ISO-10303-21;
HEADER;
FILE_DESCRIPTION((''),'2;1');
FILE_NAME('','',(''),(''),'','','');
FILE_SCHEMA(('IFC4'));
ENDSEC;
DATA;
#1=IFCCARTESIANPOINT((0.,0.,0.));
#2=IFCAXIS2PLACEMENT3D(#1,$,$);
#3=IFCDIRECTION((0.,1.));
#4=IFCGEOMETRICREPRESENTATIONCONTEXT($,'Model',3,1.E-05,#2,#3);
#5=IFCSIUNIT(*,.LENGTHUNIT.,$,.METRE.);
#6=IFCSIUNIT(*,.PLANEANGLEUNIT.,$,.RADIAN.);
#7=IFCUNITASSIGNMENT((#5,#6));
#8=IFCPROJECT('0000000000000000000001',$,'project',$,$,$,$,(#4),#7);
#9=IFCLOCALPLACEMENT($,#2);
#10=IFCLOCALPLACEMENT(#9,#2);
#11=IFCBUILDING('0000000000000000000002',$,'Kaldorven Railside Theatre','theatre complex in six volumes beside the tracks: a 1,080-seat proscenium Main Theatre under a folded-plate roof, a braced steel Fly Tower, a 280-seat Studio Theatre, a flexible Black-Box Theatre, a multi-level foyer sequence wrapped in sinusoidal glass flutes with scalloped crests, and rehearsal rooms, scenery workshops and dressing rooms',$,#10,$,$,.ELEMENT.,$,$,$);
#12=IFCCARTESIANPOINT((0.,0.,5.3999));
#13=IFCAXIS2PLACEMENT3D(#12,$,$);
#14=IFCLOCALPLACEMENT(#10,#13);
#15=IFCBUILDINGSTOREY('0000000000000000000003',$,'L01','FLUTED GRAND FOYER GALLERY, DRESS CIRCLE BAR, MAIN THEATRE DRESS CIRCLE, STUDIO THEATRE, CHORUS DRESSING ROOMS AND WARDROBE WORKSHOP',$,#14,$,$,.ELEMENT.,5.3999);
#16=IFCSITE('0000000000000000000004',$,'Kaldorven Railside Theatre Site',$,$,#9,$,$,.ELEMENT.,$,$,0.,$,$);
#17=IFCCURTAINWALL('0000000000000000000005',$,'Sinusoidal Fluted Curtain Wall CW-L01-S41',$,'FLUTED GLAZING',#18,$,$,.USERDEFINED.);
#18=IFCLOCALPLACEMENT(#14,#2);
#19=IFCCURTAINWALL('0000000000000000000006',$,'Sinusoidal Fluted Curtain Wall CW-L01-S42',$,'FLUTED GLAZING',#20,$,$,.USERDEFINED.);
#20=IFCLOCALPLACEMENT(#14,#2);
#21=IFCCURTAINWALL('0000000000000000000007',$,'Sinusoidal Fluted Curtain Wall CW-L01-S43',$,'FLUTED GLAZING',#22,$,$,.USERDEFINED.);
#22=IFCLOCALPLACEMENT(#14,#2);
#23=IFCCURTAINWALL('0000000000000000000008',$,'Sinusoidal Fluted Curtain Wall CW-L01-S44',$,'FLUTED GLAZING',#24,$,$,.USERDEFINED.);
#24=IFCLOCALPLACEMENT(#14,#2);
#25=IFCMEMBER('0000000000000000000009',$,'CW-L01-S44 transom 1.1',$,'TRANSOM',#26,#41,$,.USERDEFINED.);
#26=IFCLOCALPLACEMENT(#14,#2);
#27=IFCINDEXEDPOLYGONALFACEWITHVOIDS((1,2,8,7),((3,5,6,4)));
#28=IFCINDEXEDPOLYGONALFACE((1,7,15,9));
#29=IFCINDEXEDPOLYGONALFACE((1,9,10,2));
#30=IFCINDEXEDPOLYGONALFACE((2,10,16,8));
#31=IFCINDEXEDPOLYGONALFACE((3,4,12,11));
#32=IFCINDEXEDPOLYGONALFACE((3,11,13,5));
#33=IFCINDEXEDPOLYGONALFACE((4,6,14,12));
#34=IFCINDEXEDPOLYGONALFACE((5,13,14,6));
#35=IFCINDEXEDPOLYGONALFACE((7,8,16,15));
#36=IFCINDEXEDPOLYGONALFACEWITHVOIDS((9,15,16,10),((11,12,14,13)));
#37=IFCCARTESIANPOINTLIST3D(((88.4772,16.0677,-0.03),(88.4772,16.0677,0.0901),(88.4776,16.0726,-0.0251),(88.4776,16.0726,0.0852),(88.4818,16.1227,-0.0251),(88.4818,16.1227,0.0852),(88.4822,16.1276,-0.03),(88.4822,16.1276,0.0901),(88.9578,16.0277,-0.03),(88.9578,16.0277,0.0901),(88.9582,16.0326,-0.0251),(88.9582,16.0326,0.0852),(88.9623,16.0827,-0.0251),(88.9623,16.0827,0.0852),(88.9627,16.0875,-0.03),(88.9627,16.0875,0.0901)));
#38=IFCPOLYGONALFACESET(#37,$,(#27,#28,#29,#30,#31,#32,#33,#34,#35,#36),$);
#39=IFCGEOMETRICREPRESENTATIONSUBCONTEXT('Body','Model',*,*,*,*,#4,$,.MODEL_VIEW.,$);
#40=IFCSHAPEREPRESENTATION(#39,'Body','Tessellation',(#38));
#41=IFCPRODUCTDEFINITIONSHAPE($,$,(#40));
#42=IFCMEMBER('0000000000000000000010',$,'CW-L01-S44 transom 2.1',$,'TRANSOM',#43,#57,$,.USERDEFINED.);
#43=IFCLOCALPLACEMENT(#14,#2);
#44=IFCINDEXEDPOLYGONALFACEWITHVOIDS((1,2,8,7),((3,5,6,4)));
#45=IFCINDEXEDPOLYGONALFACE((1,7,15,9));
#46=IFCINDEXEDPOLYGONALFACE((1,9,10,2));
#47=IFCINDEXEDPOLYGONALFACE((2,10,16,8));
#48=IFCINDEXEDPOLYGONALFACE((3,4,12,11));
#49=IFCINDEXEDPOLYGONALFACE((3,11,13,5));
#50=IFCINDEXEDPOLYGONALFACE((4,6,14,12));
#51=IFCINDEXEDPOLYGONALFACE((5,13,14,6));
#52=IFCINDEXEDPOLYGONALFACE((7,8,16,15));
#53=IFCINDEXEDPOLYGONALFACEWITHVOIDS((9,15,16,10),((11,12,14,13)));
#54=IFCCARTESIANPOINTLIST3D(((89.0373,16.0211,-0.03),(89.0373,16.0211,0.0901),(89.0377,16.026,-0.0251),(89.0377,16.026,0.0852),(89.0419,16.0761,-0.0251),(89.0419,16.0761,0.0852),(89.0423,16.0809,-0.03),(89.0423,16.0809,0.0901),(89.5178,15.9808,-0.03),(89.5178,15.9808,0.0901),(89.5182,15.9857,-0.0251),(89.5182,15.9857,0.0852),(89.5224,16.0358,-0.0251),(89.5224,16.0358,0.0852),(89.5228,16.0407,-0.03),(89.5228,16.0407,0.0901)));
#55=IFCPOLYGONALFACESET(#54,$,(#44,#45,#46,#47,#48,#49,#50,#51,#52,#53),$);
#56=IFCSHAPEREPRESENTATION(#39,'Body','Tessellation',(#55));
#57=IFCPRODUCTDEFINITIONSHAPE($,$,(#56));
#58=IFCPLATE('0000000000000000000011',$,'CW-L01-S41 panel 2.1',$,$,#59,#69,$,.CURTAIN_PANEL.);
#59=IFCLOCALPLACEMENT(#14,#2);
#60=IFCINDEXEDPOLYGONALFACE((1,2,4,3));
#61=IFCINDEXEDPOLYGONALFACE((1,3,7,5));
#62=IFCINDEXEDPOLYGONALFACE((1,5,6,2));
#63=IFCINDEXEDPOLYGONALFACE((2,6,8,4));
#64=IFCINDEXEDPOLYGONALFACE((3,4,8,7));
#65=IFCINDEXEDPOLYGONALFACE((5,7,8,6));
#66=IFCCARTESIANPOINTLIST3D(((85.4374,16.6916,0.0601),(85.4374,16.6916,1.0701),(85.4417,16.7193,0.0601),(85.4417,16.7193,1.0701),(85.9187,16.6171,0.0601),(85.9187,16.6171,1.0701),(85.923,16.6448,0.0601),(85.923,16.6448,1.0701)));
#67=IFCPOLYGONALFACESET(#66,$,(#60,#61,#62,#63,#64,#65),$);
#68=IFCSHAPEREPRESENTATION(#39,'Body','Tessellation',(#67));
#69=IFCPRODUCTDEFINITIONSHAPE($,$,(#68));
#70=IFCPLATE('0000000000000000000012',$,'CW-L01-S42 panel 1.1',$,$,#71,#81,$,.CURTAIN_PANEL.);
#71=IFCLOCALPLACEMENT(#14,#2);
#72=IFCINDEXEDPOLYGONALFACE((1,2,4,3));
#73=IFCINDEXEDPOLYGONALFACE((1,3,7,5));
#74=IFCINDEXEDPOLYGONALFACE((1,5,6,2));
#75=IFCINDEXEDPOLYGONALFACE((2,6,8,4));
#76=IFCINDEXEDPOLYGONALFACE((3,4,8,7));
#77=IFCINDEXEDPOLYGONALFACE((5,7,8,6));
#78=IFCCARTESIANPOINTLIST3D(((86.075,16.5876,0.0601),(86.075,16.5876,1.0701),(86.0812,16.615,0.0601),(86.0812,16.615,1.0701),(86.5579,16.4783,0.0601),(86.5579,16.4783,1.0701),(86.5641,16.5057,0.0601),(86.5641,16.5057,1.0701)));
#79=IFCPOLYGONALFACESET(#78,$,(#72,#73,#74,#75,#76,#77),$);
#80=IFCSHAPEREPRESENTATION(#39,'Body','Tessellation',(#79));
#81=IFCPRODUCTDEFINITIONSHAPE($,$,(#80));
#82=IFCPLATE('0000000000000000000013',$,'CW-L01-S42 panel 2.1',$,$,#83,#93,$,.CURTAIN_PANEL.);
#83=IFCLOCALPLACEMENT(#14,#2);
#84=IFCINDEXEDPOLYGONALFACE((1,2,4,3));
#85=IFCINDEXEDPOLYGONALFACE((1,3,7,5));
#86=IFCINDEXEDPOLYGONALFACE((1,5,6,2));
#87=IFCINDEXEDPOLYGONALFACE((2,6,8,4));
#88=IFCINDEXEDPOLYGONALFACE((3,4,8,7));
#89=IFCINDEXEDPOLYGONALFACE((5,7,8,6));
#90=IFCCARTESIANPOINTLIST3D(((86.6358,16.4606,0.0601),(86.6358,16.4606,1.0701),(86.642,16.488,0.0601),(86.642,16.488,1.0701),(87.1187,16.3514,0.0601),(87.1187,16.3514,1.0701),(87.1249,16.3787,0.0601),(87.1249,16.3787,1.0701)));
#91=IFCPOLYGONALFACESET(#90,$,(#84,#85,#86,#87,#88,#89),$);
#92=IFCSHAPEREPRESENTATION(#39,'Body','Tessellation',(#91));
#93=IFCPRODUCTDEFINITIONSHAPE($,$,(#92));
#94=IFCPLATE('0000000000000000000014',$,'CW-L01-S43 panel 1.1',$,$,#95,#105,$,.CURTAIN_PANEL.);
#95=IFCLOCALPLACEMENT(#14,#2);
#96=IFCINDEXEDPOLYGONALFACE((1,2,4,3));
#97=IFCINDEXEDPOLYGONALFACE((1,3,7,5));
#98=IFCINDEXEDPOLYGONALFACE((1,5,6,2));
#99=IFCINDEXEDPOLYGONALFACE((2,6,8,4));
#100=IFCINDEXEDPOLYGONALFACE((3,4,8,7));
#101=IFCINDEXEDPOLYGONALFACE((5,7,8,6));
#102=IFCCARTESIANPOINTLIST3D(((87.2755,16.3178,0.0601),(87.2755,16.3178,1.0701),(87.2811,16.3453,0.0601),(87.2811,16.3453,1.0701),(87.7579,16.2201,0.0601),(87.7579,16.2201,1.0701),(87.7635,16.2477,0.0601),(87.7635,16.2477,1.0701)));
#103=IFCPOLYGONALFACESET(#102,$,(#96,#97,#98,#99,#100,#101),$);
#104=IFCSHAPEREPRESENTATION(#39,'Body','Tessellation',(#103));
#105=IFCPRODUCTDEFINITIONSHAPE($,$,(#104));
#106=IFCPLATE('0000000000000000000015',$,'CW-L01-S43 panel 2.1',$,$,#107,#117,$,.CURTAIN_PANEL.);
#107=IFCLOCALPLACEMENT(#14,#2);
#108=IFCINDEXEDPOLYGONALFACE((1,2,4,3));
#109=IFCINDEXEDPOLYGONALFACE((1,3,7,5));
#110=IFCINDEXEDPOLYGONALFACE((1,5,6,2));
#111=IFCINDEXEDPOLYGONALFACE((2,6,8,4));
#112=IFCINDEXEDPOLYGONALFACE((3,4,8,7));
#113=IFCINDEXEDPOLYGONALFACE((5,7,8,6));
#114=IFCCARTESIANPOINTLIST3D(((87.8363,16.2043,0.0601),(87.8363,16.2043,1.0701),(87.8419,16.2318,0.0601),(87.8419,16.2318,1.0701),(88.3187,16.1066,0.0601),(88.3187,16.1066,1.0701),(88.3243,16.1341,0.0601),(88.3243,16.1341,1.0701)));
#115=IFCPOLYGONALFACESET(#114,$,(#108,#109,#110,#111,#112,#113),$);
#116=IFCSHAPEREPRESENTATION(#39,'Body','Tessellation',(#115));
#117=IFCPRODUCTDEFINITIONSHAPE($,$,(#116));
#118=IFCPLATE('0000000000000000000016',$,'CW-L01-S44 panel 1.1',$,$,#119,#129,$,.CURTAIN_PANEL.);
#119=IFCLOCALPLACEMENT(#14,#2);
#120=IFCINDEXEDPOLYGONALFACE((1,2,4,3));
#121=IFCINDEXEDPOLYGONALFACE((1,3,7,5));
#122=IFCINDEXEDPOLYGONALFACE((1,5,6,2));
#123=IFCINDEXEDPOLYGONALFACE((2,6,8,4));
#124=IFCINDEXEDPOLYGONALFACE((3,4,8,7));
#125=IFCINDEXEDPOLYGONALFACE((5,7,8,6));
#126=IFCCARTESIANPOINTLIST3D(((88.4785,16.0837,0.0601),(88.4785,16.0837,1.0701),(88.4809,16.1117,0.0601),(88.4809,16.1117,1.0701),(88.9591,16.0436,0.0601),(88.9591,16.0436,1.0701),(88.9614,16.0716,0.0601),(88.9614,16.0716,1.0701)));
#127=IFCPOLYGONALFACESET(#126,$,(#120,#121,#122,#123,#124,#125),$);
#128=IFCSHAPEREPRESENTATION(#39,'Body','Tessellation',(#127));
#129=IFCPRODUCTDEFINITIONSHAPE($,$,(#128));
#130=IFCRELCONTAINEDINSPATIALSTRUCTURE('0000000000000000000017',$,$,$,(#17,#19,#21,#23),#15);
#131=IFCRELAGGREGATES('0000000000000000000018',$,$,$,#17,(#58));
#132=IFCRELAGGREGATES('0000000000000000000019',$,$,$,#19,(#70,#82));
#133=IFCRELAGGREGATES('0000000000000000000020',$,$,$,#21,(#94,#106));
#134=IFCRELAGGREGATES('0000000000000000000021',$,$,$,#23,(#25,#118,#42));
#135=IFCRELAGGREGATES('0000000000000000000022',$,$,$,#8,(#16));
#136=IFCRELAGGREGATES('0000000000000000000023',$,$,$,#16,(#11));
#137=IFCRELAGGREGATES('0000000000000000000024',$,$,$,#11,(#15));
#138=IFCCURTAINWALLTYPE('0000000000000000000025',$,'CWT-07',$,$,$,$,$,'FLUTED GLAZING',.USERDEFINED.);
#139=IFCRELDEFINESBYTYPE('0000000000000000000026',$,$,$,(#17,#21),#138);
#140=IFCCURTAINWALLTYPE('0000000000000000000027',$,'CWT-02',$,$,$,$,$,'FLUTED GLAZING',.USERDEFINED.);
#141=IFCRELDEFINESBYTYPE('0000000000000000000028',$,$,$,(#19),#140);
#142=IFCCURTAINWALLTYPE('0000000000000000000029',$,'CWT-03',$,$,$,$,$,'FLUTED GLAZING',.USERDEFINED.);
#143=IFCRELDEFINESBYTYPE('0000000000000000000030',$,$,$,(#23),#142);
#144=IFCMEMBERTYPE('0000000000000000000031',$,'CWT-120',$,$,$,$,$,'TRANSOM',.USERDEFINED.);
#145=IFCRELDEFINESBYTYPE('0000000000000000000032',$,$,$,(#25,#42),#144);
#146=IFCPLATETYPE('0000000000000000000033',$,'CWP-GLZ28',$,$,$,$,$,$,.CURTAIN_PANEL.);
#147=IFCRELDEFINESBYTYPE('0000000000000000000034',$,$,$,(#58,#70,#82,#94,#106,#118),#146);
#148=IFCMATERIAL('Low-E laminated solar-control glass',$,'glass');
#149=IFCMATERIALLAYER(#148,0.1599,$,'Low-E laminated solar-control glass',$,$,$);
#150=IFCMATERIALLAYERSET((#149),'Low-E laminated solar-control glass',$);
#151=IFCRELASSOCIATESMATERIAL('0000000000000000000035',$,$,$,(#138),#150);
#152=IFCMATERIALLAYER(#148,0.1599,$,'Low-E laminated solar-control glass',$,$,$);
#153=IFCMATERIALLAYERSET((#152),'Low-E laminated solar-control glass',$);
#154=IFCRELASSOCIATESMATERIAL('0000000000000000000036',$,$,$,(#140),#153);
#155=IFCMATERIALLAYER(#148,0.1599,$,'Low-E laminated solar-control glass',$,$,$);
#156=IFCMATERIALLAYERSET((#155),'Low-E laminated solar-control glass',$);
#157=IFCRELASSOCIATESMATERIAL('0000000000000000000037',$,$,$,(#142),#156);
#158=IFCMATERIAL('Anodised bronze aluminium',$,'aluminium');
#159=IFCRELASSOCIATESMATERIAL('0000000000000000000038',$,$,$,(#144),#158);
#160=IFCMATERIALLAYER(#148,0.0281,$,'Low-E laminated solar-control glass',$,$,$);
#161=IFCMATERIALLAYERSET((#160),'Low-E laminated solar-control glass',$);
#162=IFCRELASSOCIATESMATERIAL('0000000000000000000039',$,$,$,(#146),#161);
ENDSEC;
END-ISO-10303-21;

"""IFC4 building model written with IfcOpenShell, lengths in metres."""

from ifc_helpers import new_model, si_unit, direction, frame, origin, origin_2d, place, context, subcontext, project, spatial, rectangle, hollow_rectangle, extrude, material, layer, layer_set, material_profile, profile_set, type_object, element, aggregate, save


model = new_model("IFC4")

# Units and contexts
model_context = context("Model", 3, precision=1e-05, world=origin(), true_north=direction((0.0, 1.0)))
body_context = subcontext(model_context, "Body", "Model", "MODEL_VIEW")
ifc_project = project(units=[si_unit("LENGTHUNIT", "METRE"), si_unit("PLANEANGLEUNIT", "RADIAN")], contexts=[model_context])

# Site, building, storey
site_placement = place(None, origin())
site = spatial("IfcSite", under=ifc_project, at=site_placement, Name="Kaldorven Railside Theatre Site", CompositionType="ELEMENT", RefElevation=0.0)
building_placement = place(site_placement, origin())
building = spatial("IfcBuilding", under=site, at=building_placement, Name="Kaldorven Railside Theatre", Description="theatre complex in six volumes beside the tracks: a 1,080-seat proscenium Main Theatre under a folded-plate roof, a braced steel Fly Tower, a 280-seat Studio Theatre, a flexible Black-Box Theatre, a multi-level foyer sequence wrapped in sinusoidal glass flutes with scalloped crests, and rehearsal rooms, scenery workshops and dressing rooms", CompositionType="ELEMENT")
storey_placement = place(building_placement, frame((0.0, 0.0, 5.3999)))
storey = spatial("IfcBuildingStorey", under=building, at=storey_placement, Name="L01", Description="FLUTED GRAND FOYER GALLERY, DRESS CIRCLE BAR, MAIN THEATRE DRESS CIRCLE, STUDIO THEATRE, CHORUS DRESSING ROOMS AND WARDROBE WORKSHOP", CompositionType="ELEMENT", Elevation=5.3999)

# Curtain wall
ifc_material_1 = material(Name="Low-E laminated solar-control glass", Category="glass")
ifc_layer_1 = layer(ifc_material_1, 0.1599, Name="Low-E laminated solar-control glass")
ifc_layer_set_1 = layer_set([ifc_layer_1], Name="Low-E laminated solar-control glass")
curtain_wall_type_1 = type_object("IfcCurtainWallType", Name="CWT-07", ElementType="FLUTED GLAZING", PredefinedType="USERDEFINED", material=ifc_layer_set_1)
curtain_wall_1_placement = place(storey_placement, origin())
curtain_wall_1 = element("IfcCurtainWall", 1, at=curtain_wall_1_placement, inside=storey, type_object=curtain_wall_type_1, Name="Sinusoidal Fluted Curtain Wall CW-L01-S41", ObjectType="FLUTED GLAZING", PredefinedType="USERDEFINED")
ifc_material_2 = material(Name="Anodised bronze aluminium", Category="aluminium")

# Curtain walls
ifc_layer_2 = layer(ifc_material_1, 0.1599, Name="Low-E laminated solar-control glass")
ifc_layer_set_2 = layer_set([ifc_layer_2], Name="Low-E laminated solar-control glass")
curtain_wall_type_2 = type_object("IfcCurtainWallType", Name="CWT-02", ElementType="FLUTED GLAZING", PredefinedType="USERDEFINED", material=ifc_layer_set_2)
curtain_wall_2_placement = place(storey_placement, origin())
curtain_wall_2 = element("IfcCurtainWall", 2, at=curtain_wall_2_placement, inside=storey, type_object=curtain_wall_type_2, Name="Sinusoidal Fluted Curtain Wall CW-L01-S42", ObjectType="FLUTED GLAZING", PredefinedType="USERDEFINED")
curtain_wall_3_placement = place(storey_placement, origin())
curtain_wall_3 = element("IfcCurtainWall", 3, at=curtain_wall_3_placement, inside=storey, type_object=curtain_wall_type_1, Name="Sinusoidal Fluted Curtain Wall CW-L01-S43", ObjectType="FLUTED GLAZING", PredefinedType="USERDEFINED")
ifc_layer_3 = layer(ifc_material_1, 0.1599, Name="Low-E laminated solar-control glass")
ifc_layer_set_3 = layer_set([ifc_layer_3], Name="Low-E laminated solar-control glass")
curtain_wall_type_3 = type_object("IfcCurtainWallType", Name="CWT-03", ElementType="FLUTED GLAZING", PredefinedType="USERDEFINED", material=ifc_layer_set_3)
curtain_wall_4_placement = place(storey_placement, origin())
curtain_wall_4 = element("IfcCurtainWall", 4, at=curtain_wall_4_placement, inside=storey, type_object=curtain_wall_type_3, Name="Sinusoidal Fluted Curtain Wall CW-L01-S44", ObjectType="FLUTED GLAZING", PredefinedType="USERDEFINED")

# Members
ifc_material_profile_1 = material_profile(ifc_material_2, hollow_rectangle(XDim=0.0601, YDim=0.1201, WallThickness=0.0049, at=origin_2d()), Name="RHS 120x60x5")
ifc_profile_set_1 = profile_set([ifc_material_profile_1], Name="Anodised bronze aluminium")
member_type_1 = type_object("IfcMemberType", Name="CWT-120", ElementType="TRANSOM", PredefinedType="USERDEFINED", material=ifc_profile_set_1)
member_1_placement = place(storey_placement, frame((88.4797, 16.0977, 0.03), z_axis=(0.996546, -0.083045, 0.0), x_axis=(0.083045, 0.996546, 0.0)))
member_1 = element("IfcMember", 5, at=member_1_placement, type_object=member_type_1, Name="CW-L01-S44 transom 1.1", ObjectType="TRANSOM", PredefinedType="USERDEFINED", context=body_context, shape_type="SweptSolid", body=[
    extrude(hollow_rectangle(XDim=0.0601, YDim=0.1201, WallThickness=0.0049, at=origin_2d()), origin(), (0.0, 0.0, 1.0), 0.4822),
])
member_2_placement = place(storey_placement, frame((89.0398, 16.051, 0.03), z_axis=(0.996504, -0.083548, 0.0), x_axis=(0.083548, 0.996504, 0.0)))
member_2 = element("IfcMember", 6, at=member_2_placement, type_object=member_type_1, Name="CW-L01-S44 transom 2.1", ObjectType="TRANSOM", PredefinedType="USERDEFINED", context=body_context, shape_type="SweptSolid", body=[
    extrude(hollow_rectangle(XDim=0.0601, YDim=0.1201, WallThickness=0.0049, at=origin_2d()), origin(), (0.0, 0.0, 1.0), 0.4822),
])

# Plates
ifc_layer_4 = layer(ifc_material_1, 0.0281, Name="Low-E laminated solar-control glass")
ifc_layer_set_4 = layer_set([ifc_layer_4], Name="Low-E laminated solar-control glass")
plate_type = type_object("IfcPlateType", Name="CWP-GLZ28", PredefinedType="CURTAIN_PANEL", material=ifc_layer_set_4)
plate_1_placement = place(storey_placement, frame((85.6802, 16.6682, 0.0601), z_axis=(0.0, 0.0, 1.0), x_axis=(0.988225, -0.15301, 0.0)))
plate_1 = element("IfcPlate", 7, at=plate_1_placement, type_object=plate_type, Name="CW-L01-S41 panel 2.1", PredefinedType="CURTAIN_PANEL", context=body_context, shape_type="SweptSolid", body=[
    extrude(rectangle(XDim=0.4871, YDim=0.0281, at=origin_2d()), origin(), (0.0, 0.0, 1.0), 1.01),
])
aggregate(curtain_wall_1, [plate_1])
plate_2_placement = place(storey_placement, frame((86.3196, 16.5466, 0.0601), z_axis=(0.0, 0.0, 1.0), x_axis=(0.975348, -0.220672, 0.0)))
plate_2 = element("IfcPlate", 8, at=plate_2_placement, type_object=plate_type, Name="CW-L01-S42 panel 1.1", PredefinedType="CURTAIN_PANEL", context=body_context, shape_type="SweptSolid", body=[
    extrude(rectangle(XDim=0.4951, YDim=0.0281, at=origin_2d()), origin(), (0.0, 0.0, 1.0), 1.01),
])
plate_3_placement = place(storey_placement, frame((86.8804, 16.4197, 0.0601), z_axis=(0.0, 0.0, 1.0), x_axis=(0.975348, -0.220672, 0.0)))
plate_3 = element("IfcPlate", 9, at=plate_3_placement, type_object=plate_type, Name="CW-L01-S42 panel 2.1", PredefinedType="CURTAIN_PANEL", context=body_context, shape_type="SweptSolid", body=[
    extrude(rectangle(XDim=0.4951, YDim=0.0281, at=origin_2d()), origin(), (0.0, 0.0, 1.0), 1.01),
])
aggregate(curtain_wall_2, [plate_2, plate_3])
plate_4_placement = place(storey_placement, frame((87.5195, 16.2827, 0.0601), z_axis=(0.0, 0.0, 1.0), x_axis=(0.980123, -0.198393, 0.0)))
plate_4 = element("IfcPlate", 10, at=plate_4_placement, type_object=plate_type, Name="CW-L01-S43 panel 1.1", PredefinedType="CURTAIN_PANEL", context=body_context, shape_type="SweptSolid", body=[
    extrude(rectangle(XDim=0.4922, YDim=0.0281, at=origin_2d()), origin(), (0.0, 0.0, 1.0), 1.01),
])
plate_5_placement = place(storey_placement, frame((88.0803, 16.1692, 0.0601), z_axis=(0.0, 0.0, 1.0), x_axis=(0.980123, -0.198393, 0.0)))
plate_5 = element("IfcPlate", 11, at=plate_5_placement, type_object=plate_type, Name="CW-L01-S43 panel 2.1", PredefinedType="CURTAIN_PANEL", context=body_context, shape_type="SweptSolid", body=[
    extrude(rectangle(XDim=0.4922, YDim=0.0281, at=origin_2d()), origin(), (0.0, 0.0, 1.0), 1.01),
])
aggregate(curtain_wall_3, [plate_4, plate_5])
plate_6_placement = place(storey_placement, frame((88.72, 16.0776, 0.0601), z_axis=(0.0, 0.0, 1.0), x_axis=(0.996532, -0.08321, 0.0)))
plate_6 = element("IfcPlate", 12, at=plate_6_placement, type_object=plate_type, Name="CW-L01-S44 panel 1.1", PredefinedType="CURTAIN_PANEL", context=body_context, shape_type="SweptSolid", body=[
    extrude(rectangle(XDim=0.4822, YDim=0.0281, at=origin_2d()), origin(), (0.0, 0.0, 1.0), 1.01),
])
aggregate(curtain_wall_4, [member_1, plate_6, member_2])

save(model, "model.ifc")
